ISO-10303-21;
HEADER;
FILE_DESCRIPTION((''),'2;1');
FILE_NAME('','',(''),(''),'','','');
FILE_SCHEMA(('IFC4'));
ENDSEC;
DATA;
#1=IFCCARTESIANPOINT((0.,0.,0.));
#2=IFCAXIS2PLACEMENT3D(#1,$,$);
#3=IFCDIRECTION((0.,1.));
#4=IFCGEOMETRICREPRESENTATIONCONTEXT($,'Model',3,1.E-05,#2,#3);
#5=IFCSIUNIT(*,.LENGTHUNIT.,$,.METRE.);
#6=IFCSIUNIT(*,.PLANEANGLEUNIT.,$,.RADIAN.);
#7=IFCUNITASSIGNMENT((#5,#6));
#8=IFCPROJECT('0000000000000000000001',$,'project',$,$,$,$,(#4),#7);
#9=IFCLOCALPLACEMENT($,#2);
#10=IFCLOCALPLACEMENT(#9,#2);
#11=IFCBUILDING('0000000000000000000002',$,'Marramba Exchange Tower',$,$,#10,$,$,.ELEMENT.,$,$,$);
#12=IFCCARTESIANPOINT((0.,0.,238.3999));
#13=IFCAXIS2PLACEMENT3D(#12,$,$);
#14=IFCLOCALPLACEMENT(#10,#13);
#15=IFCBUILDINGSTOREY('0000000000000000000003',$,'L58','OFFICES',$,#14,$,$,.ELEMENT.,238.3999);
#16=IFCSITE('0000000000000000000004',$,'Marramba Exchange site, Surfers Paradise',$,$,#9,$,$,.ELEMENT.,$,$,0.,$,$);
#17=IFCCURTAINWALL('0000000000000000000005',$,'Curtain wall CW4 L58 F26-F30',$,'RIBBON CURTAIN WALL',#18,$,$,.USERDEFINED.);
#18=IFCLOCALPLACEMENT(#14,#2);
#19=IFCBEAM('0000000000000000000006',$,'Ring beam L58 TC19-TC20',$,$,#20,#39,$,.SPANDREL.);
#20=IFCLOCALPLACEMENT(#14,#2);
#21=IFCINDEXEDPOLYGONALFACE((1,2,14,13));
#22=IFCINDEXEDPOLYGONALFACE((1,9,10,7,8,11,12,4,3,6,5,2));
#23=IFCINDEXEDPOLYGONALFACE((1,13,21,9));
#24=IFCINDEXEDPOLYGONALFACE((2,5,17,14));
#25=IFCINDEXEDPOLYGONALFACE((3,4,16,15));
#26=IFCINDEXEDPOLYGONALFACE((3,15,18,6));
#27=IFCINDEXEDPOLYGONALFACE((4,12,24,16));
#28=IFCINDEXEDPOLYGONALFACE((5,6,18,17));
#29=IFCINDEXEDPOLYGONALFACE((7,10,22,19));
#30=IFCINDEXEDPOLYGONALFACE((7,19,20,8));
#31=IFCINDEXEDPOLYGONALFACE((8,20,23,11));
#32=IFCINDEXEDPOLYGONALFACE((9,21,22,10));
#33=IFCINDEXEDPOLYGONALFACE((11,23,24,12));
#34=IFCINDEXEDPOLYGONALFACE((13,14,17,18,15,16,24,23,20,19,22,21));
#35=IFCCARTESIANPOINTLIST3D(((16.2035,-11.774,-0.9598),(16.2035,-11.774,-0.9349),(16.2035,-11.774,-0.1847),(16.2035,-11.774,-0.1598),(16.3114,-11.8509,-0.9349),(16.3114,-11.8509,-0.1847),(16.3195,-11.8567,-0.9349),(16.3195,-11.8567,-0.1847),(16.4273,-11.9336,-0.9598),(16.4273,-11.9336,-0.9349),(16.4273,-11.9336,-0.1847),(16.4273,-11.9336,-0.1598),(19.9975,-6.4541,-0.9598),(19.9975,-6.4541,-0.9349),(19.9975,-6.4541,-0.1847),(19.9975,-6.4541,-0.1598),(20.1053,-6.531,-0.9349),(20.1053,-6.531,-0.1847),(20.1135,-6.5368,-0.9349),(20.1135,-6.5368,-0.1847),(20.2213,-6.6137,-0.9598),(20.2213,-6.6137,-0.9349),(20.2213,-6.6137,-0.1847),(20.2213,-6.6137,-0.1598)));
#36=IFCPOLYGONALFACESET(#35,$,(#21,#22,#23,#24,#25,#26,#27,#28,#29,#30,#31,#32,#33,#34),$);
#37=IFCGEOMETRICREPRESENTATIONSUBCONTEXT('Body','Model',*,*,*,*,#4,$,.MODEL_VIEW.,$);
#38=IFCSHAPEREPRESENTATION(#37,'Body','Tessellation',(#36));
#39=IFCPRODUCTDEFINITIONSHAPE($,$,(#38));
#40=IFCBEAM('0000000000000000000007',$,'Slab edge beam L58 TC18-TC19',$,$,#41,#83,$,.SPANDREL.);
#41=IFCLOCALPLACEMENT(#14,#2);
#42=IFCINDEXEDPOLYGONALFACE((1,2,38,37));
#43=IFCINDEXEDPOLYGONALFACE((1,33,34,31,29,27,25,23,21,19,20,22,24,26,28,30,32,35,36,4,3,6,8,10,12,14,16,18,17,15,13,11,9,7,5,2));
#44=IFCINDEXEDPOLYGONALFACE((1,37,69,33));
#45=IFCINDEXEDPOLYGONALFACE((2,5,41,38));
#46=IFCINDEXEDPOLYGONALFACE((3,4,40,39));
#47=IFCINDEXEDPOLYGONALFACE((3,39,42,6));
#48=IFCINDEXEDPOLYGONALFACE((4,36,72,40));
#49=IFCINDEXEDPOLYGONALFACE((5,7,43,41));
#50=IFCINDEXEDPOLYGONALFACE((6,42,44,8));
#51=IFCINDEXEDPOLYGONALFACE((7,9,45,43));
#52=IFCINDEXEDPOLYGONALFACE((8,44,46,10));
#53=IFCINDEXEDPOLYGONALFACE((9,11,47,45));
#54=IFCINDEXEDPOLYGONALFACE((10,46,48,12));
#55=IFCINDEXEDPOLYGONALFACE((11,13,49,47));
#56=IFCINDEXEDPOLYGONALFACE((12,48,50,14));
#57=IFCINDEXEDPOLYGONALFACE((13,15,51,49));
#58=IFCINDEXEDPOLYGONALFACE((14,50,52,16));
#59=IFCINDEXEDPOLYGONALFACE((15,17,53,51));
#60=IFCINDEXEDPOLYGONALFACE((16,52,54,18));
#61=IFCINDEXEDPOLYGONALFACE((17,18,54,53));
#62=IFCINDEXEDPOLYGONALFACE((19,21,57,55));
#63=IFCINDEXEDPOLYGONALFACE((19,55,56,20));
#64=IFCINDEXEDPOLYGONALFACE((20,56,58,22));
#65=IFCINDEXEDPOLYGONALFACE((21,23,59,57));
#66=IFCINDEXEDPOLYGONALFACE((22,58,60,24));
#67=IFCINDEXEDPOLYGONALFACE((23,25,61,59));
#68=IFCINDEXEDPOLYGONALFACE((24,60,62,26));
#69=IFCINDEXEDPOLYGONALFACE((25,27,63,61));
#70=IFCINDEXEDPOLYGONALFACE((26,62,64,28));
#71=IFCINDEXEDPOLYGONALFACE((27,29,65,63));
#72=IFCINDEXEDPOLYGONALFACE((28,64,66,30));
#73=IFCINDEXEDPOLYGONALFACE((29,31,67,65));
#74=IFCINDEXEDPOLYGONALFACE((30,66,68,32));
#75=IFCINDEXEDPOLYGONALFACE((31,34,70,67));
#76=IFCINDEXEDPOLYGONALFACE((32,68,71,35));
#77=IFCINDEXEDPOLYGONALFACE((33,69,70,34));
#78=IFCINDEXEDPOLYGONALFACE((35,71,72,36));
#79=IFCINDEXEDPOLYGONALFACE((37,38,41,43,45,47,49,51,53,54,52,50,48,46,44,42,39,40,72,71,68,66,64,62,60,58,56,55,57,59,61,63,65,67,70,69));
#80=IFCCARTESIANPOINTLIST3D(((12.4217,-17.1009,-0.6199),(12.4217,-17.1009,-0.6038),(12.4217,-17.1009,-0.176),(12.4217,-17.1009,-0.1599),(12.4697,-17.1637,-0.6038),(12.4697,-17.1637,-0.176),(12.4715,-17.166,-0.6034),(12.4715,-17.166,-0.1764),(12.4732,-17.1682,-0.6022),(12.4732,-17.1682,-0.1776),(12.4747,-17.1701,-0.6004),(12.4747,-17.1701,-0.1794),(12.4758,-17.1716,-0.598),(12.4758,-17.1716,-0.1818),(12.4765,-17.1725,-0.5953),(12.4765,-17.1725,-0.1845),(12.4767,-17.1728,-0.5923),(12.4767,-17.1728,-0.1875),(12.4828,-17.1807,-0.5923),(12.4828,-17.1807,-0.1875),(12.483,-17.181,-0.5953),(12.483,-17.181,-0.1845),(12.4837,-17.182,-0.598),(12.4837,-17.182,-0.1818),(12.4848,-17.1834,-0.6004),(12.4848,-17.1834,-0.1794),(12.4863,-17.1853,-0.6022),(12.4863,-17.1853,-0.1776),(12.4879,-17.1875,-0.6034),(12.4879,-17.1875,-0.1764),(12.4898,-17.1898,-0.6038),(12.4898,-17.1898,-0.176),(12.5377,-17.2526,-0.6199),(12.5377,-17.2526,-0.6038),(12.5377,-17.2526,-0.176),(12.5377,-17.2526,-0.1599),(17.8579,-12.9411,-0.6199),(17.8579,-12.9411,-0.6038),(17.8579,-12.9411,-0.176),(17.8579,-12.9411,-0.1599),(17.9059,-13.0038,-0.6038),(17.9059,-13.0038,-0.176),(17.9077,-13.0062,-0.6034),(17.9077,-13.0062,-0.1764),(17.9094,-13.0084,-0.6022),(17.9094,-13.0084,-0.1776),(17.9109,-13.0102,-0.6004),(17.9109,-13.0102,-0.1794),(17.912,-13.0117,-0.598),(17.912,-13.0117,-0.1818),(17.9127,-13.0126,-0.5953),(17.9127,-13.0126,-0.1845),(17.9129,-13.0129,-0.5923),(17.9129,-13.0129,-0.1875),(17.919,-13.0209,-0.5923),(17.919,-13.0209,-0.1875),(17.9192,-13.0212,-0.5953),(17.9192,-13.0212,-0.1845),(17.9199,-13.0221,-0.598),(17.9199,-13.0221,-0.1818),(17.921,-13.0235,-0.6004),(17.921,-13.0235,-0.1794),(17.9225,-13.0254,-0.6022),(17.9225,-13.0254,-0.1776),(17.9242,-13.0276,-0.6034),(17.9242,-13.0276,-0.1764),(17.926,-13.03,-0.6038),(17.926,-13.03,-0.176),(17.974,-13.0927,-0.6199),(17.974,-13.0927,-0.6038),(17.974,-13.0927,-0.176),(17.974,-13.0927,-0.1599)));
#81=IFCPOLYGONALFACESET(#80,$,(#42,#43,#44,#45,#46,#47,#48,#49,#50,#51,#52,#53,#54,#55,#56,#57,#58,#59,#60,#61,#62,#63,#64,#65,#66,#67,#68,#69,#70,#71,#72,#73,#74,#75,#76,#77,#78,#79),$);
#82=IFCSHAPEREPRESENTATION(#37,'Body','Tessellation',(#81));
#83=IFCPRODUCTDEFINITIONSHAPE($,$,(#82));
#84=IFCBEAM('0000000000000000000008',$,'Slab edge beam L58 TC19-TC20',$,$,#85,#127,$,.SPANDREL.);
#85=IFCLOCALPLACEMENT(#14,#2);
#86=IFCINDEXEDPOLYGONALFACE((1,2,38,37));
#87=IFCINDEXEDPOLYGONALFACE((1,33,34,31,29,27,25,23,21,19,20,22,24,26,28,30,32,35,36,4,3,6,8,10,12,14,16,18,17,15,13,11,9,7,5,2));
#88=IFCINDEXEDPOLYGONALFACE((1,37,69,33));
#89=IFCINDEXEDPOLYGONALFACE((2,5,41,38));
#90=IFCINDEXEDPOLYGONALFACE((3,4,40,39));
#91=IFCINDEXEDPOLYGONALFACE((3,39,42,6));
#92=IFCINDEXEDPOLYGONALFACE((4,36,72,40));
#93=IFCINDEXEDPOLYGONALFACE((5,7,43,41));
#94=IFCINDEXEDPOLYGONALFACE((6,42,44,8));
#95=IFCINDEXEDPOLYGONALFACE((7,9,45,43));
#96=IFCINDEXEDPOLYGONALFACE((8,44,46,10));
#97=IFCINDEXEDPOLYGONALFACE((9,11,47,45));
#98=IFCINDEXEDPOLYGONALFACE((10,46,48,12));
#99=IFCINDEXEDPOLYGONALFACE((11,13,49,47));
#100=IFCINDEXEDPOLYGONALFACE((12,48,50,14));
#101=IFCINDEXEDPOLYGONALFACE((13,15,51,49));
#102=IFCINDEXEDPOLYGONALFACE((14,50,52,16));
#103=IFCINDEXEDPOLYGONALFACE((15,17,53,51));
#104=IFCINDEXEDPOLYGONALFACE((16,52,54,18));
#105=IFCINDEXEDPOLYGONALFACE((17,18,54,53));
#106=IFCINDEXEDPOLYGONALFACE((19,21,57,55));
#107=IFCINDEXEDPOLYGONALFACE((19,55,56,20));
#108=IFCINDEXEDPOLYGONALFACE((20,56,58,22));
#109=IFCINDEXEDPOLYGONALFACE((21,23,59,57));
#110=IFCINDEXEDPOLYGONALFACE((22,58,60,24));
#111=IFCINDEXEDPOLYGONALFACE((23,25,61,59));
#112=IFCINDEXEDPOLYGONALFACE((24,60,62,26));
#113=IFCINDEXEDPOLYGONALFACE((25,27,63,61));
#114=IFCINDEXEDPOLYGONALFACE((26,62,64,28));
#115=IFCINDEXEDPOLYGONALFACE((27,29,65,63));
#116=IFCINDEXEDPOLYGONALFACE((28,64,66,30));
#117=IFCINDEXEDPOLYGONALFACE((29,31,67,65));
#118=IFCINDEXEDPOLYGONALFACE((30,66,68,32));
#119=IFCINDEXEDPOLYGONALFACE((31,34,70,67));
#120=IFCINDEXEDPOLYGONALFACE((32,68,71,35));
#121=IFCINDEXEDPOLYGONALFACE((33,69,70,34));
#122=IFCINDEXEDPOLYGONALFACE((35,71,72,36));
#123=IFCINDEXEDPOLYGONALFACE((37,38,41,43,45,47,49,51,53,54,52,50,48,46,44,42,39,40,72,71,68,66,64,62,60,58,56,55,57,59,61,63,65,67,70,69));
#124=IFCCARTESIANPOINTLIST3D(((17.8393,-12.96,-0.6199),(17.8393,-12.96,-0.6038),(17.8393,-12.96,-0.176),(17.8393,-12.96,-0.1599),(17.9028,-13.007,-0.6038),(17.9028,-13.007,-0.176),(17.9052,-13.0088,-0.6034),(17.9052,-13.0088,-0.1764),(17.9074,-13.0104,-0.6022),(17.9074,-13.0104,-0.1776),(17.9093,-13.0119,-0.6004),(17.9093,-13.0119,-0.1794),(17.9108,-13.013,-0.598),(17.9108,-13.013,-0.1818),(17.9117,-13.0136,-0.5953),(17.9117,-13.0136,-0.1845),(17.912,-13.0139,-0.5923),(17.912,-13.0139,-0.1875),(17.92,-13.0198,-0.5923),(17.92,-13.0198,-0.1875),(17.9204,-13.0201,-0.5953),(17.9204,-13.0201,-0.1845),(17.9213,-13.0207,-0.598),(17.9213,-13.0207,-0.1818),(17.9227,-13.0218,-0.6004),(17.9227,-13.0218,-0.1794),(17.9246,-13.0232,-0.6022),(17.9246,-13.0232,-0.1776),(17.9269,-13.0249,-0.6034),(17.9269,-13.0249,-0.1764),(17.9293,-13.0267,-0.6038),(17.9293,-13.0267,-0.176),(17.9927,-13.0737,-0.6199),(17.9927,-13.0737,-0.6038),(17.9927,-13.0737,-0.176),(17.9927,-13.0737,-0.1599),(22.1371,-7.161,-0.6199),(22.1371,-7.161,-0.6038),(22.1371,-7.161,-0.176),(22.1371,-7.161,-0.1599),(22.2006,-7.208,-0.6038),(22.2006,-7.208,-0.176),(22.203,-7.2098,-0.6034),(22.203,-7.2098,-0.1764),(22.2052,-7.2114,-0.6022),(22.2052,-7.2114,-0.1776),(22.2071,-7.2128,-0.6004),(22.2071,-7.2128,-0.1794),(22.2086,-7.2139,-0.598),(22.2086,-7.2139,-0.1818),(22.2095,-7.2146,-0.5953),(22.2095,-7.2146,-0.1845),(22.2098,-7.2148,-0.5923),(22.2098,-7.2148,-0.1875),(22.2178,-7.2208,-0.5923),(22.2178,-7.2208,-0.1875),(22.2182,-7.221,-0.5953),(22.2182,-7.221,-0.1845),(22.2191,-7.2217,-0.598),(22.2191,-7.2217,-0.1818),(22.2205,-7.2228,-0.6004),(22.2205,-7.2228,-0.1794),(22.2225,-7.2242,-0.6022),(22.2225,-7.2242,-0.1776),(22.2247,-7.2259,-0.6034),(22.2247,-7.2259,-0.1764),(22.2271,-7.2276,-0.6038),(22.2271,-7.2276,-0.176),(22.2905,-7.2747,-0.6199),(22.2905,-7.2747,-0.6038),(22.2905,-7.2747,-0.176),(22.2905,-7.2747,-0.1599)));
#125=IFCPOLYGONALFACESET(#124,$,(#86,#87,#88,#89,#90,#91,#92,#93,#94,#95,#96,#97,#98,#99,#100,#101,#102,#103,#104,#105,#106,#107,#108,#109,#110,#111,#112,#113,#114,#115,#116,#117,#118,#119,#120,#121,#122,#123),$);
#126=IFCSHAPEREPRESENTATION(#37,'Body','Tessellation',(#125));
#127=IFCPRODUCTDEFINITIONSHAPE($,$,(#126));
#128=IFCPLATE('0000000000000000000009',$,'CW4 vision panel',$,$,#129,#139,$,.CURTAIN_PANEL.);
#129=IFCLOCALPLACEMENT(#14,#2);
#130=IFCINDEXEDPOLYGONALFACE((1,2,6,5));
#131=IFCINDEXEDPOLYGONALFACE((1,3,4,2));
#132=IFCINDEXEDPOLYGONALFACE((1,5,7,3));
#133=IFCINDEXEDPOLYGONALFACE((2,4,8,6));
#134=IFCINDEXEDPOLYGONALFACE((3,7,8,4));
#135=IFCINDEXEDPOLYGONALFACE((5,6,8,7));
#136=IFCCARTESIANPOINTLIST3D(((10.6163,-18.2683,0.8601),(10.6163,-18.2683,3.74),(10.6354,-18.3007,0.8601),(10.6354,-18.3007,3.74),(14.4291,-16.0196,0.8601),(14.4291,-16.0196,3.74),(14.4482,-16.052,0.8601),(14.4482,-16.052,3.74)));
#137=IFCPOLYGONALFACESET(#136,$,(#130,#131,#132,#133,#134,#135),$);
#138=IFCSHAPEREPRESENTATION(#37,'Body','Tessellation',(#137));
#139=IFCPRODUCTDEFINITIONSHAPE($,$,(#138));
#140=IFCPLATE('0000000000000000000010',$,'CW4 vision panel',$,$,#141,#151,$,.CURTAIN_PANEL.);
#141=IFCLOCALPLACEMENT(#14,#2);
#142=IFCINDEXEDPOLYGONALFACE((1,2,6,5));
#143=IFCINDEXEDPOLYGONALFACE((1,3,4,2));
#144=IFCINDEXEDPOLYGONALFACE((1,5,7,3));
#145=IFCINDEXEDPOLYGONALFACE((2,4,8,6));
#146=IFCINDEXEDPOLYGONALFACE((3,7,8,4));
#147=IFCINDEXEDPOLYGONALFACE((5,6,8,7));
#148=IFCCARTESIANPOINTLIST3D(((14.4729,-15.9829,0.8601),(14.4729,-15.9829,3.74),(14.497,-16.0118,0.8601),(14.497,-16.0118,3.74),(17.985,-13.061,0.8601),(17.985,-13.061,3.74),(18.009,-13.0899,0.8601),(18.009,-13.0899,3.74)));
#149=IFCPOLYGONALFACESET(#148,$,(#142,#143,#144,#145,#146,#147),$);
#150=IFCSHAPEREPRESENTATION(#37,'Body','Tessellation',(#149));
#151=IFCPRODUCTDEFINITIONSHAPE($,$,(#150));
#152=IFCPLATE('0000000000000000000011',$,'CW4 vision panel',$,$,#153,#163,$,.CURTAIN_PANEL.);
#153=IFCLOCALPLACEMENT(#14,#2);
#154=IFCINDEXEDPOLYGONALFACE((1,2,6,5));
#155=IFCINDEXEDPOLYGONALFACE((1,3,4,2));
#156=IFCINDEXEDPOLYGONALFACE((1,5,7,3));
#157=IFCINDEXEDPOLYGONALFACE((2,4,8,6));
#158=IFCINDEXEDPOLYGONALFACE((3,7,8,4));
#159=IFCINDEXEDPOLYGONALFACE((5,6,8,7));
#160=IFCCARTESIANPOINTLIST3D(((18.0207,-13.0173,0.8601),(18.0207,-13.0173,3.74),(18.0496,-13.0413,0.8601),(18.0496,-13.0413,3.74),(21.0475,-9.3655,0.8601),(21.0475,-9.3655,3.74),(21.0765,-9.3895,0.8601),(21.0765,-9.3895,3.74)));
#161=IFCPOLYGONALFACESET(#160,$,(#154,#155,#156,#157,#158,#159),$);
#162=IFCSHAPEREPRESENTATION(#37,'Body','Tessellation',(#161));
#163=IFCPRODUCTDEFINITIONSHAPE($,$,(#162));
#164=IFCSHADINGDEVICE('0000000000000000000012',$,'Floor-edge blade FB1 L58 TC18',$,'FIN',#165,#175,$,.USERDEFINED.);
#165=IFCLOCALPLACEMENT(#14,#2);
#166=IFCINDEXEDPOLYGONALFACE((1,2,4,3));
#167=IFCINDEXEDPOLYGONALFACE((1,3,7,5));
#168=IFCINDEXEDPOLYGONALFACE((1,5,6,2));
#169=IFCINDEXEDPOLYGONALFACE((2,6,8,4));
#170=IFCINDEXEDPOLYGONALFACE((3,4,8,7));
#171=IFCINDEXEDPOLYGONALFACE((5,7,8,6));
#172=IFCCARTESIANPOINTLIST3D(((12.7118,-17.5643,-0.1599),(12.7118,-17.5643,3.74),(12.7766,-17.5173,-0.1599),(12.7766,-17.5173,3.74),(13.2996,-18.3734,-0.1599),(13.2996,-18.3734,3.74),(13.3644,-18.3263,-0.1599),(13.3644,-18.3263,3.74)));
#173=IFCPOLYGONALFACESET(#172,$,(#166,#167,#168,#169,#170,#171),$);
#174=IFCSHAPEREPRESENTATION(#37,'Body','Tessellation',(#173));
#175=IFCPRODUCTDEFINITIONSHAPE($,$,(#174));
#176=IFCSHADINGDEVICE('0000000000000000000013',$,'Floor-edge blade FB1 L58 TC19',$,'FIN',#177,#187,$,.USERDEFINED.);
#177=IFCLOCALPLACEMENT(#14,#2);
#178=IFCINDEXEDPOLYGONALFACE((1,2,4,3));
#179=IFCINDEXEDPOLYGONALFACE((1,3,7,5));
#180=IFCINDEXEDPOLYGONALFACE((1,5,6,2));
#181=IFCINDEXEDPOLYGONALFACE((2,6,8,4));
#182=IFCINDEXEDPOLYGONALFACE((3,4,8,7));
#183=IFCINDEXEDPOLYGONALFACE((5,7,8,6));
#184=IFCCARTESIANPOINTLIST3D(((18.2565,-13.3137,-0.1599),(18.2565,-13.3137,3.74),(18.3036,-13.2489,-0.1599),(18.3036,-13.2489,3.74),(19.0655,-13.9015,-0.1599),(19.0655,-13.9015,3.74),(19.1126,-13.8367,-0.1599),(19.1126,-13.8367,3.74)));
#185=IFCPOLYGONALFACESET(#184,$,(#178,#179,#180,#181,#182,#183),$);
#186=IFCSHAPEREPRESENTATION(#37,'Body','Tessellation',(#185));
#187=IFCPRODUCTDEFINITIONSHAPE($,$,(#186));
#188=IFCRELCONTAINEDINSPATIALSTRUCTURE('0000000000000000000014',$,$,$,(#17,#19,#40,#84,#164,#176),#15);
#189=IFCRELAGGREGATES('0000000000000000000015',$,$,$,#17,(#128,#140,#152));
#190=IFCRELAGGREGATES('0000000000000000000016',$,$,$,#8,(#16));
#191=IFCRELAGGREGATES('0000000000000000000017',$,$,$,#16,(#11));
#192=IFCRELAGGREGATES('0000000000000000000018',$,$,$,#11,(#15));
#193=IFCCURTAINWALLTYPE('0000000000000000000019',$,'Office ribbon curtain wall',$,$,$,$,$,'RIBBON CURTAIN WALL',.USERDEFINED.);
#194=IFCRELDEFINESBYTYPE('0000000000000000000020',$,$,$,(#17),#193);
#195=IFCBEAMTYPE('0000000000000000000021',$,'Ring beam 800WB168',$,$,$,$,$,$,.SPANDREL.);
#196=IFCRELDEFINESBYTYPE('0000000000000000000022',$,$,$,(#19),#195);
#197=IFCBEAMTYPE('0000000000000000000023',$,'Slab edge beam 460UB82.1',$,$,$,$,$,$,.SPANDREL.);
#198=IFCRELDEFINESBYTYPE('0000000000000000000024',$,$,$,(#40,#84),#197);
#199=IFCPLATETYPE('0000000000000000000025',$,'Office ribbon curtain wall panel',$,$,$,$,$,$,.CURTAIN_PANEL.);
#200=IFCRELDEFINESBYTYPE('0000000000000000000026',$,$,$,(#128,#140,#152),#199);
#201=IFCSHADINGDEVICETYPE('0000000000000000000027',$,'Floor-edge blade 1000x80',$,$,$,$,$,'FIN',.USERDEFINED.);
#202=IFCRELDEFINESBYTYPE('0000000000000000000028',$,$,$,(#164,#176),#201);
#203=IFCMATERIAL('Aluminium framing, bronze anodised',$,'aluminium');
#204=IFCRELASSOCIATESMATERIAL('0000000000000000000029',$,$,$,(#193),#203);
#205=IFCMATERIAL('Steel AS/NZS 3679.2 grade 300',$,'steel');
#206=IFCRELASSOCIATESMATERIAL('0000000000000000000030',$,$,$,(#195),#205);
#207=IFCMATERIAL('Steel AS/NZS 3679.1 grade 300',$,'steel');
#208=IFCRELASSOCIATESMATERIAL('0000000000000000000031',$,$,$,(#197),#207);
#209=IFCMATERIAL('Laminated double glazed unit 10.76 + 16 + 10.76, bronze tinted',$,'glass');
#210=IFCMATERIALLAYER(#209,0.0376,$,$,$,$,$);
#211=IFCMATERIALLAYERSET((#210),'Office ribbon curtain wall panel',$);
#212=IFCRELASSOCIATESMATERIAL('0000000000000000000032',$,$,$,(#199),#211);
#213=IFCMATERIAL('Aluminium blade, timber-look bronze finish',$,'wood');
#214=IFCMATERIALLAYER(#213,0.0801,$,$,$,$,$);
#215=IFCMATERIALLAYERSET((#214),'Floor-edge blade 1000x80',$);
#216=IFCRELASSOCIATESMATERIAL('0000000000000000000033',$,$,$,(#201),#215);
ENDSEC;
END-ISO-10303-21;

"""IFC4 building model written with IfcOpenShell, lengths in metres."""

from ifc_helpers import new_model, si_unit, direction, frame, origin, origin_2d, place, context, subcontext, project, spatial, rectangle, i_section, extrude, material, layer, layer_set, material_profile, profile_set, type_object, element, aggregate, save


model = new_model("IFC4")

# Units and contexts
model_context = context("Model", 3, precision=1e-05, world=origin(), true_north=direction((0.0, 1.0)))
body_context = subcontext(model_context, "Body", "Model", "MODEL_VIEW")
ifc_project = project(units=[si_unit("LENGTHUNIT", "METRE"), si_unit("PLANEANGLEUNIT", "RADIAN")], contexts=[model_context])

# Site, building, storey
site_placement = place(None, origin())
site = spatial("IfcSite", under=ifc_project, at=site_placement, Name="Marramba Exchange site, Surfers Paradise", CompositionType="ELEMENT", RefElevation=0.0)
building_placement = place(site_placement, origin())
building = spatial("IfcBuilding", under=site, at=building_placement, Name="Marramba Exchange Tower", CompositionType="ELEMENT")
storey_placement = place(building_placement, frame((0.0, 0.0, 238.3999)))
storey = spatial("IfcBuildingStorey", under=building, at=storey_placement, Name="L58", Description="OFFICES", CompositionType="ELEMENT", Elevation=238.3999)

# Shared definitions
ifc_material_1 = material(Name="Steel AS/NZS 3679.2 grade 300", Category="steel")

# Curtain wall
ifc_material_2 = material(Name="Aluminium framing, bronze anodised", Category="aluminium")
curtain_wall_type = type_object("IfcCurtainWallType", Name="Office ribbon curtain wall", ElementType="RIBBON CURTAIN WALL", PredefinedType="USERDEFINED", material=ifc_material_2)
curtain_wall_placement = place(storey_placement, origin())
curtain_wall = element("IfcCurtainWall", 1, at=curtain_wall_placement, inside=storey, type_object=curtain_wall_type, Name="Curtain wall CW4 L58 F26-F30", ObjectType="RIBBON CURTAIN WALL", PredefinedType="USERDEFINED")

# Beams
ifc_material_profile_1 = material_profile(ifc_material_1, i_section(OverallWidth=0.2749, OverallDepth=0.8, WebThickness=0.01, FlangeThickness=0.0249, at=origin_2d()), Name="800WB168")
ifc_profile_set_1 = profile_set([ifc_material_profile_1], Name="Steel AS/NZS 3679.2 grade 300")
beam_type_1 = type_object("IfcBeamType", Name="Ring beam 800WB168", PredefinedType="SPANDREL", material=ifc_profile_set_1)
beam_1_placement = place(storey_placement, frame((16.3154, -11.8538, -0.5598), z_axis=(0.580637, 0.814162, 0.0), x_axis=(-0.814162, 0.580637, 0.0)))
element("IfcBeam", 2, at=beam_1_placement, inside=storey, type_object=beam_type_1, Name="Ring beam L58 TC19-TC20", PredefinedType="SPANDREL", context=body_context, shape_type="SweptSolid", body=[
    extrude(i_section(OverallWidth=0.2749, OverallDepth=0.8, WebThickness=0.01, FlangeThickness=0.0249, at=origin_2d()), origin(), (0.0, 0.0, 1.0), 6.5342),
])
ifc_material_3 = material(Name="Steel AS/NZS 3679.1 grade 300", Category="steel")
ifc_material_profile_2 = material_profile(ifc_material_3, i_section(OverallWidth=0.1909, OverallDepth=0.46, WebThickness=0.01, FlangeThickness=0.0161, FilletRadius=0.0115, at=origin_2d()), Name="460UB82.1")
ifc_profile_set_2 = profile_set([ifc_material_profile_2], Name="Steel AS/NZS 3679.1 grade 300")
beam_type_2 = type_object("IfcBeamType", Name="Slab edge beam 460UB82.1", PredefinedType="SPANDREL", material=ifc_profile_set_2)
beam_2_placement = place(storey_placement, frame((12.4797, -17.1768, -0.3899), z_axis=(0.794163, 0.607704, 0.0), x_axis=(-0.607704, 0.794163, 0.0)))
element("IfcBeam", 3, at=beam_2_placement, inside=storey, type_object=beam_type_2, Name="Slab edge beam L58 TC18-TC19", PredefinedType="SPANDREL", context=body_context, shape_type="SweptSolid", body=[
    extrude(i_section(OverallWidth=0.1909, OverallDepth=0.46, WebThickness=0.01, FlangeThickness=0.0161, FilletRadius=0.0115, at=origin_2d()), origin(), (0.0, 0.0, 1.0), 6.8452),
])
beam_3_placement = place(storey_placement, frame((17.916, -13.0168, -0.3899), z_axis=(0.595428, 0.803409, 0.0), x_axis=(-0.803409, 0.595428, 0.0)))
element("IfcBeam", 4, at=beam_3_placement, inside=storey, type_object=beam_type_2, Name="Slab edge beam L58 TC19-TC20", PredefinedType="SPANDREL", context=body_context, shape_type="SweptSolid", body=[
    extrude(i_section(OverallWidth=0.1909, OverallDepth=0.46, WebThickness=0.01, FlangeThickness=0.0161, FilletRadius=0.0115, at=origin_2d()), origin(), (0.0, 0.0, 1.0), 7.218),
])

# Plates
ifc_material_4 = material(Name="Laminated double glazed unit 10.76 + 16 + 10.76, bronze tinted", Category="glass")
ifc_layer_1 = layer(ifc_material_4, 0.0376)
ifc_layer_set_1 = layer_set([ifc_layer_1], Name="Office ribbon curtain wall panel")
plate_type = type_object("IfcPlateType", Name="Office ribbon curtain wall panel", PredefinedType="CURTAIN_PANEL", material=ifc_layer_set_1)
plate_1_placement = place(storey_placement, frame((12.5322, -17.1602, 0.8601), z_axis=(0.0, 0.0, 1.0), x_axis=(0.861351, 0.508011, 0.0)))
plate_1 = element("IfcPlate", 5, at=plate_1_placement, type_object=plate_type, Name="CW4 vision panel", PredefinedType="CURTAIN_PANEL", context=body_context, shape_type="SweptSolid", body=[
    extrude(rectangle(XDim=4.4265, YDim=0.0376, at=origin_2d()), origin(), (0.0, 0.0, 1.0), 2.8799),
])
plate_2_placement = place(storey_placement, frame((16.241, -14.5364, 0.8601), z_axis=(0.0, 0.0, 1.0), x_axis=(0.768737, 0.639565, 0.0)))
plate_2 = element("IfcPlate", 6, at=plate_2_placement, type_object=plate_type, Name="CW4 vision panel", PredefinedType="CURTAIN_PANEL", context=body_context, shape_type="SweptSolid", body=[
    extrude(rectangle(XDim=4.5686, YDim=0.0376, at=origin_2d()), origin(), (0.0, 0.0, 1.0), 2.8799),
])
plate_3_placement = place(storey_placement, frame((19.5486, -11.2034, 0.8601), z_axis=(0.0, 0.0, 1.0), x_axis=(0.63815, 0.769912, 0.0)))
plate_3 = element("IfcPlate", 7, at=plate_3_placement, type_object=plate_type, Name="CW4 vision panel", PredefinedType="CURTAIN_PANEL", context=body_context, shape_type="SweptSolid", body=[
    extrude(rectangle(XDim=4.7432, YDim=0.0376, at=origin_2d()), origin(), (0.0, 0.0, 1.0), 2.8799),
])
aggregate(curtain_wall, [plate_1, plate_2, plate_3])

# Shading devices
ifc_material_5 = material(Name="Aluminium blade, timber-look bronze finish", Category="wood")
ifc_layer_2 = layer(ifc_material_5, 0.0801)
ifc_layer_set_2 = layer_set([ifc_layer_2], Name="Floor-edge blade 1000x80")
shading_device_type_1 = type_object("IfcShadingDeviceType", Name="Floor-edge blade 1000x80", ElementType="FIN", PredefinedType="USERDEFINED", material=ifc_layer_set_2)
for number, where, z_axis, x_axis, name in (
    (8, (13.0381, -17.9453, -0.1599), (0.0, 0.0, 1.0), (0.587785, -0.809017, 0.0), "Floor-edge blade FB1 L58 TC18"),
    (9, (18.6846, -13.5752, -0.1599), (0.0, 0.0, 1.0), (0.809017, -0.587785, 0.0), "Floor-edge blade FB1 L58 TC19"),
):
    element("IfcShadingDevice", number, at=place(storey_placement, frame(where, z_axis=z_axis, x_axis=x_axis)), inside=storey, type_object=shading_device_type_1, Name=name, ObjectType="FIN", PredefinedType="USERDEFINED", context=body_context, shape_type="SweptSolid", body=[
        extrude(rectangle(XDim=1.0, YDim=0.0801, at=origin_2d()), origin(), (0.0, 0.0, 1.0), 3.8999),
    ])

save(model, "model.ifc")
